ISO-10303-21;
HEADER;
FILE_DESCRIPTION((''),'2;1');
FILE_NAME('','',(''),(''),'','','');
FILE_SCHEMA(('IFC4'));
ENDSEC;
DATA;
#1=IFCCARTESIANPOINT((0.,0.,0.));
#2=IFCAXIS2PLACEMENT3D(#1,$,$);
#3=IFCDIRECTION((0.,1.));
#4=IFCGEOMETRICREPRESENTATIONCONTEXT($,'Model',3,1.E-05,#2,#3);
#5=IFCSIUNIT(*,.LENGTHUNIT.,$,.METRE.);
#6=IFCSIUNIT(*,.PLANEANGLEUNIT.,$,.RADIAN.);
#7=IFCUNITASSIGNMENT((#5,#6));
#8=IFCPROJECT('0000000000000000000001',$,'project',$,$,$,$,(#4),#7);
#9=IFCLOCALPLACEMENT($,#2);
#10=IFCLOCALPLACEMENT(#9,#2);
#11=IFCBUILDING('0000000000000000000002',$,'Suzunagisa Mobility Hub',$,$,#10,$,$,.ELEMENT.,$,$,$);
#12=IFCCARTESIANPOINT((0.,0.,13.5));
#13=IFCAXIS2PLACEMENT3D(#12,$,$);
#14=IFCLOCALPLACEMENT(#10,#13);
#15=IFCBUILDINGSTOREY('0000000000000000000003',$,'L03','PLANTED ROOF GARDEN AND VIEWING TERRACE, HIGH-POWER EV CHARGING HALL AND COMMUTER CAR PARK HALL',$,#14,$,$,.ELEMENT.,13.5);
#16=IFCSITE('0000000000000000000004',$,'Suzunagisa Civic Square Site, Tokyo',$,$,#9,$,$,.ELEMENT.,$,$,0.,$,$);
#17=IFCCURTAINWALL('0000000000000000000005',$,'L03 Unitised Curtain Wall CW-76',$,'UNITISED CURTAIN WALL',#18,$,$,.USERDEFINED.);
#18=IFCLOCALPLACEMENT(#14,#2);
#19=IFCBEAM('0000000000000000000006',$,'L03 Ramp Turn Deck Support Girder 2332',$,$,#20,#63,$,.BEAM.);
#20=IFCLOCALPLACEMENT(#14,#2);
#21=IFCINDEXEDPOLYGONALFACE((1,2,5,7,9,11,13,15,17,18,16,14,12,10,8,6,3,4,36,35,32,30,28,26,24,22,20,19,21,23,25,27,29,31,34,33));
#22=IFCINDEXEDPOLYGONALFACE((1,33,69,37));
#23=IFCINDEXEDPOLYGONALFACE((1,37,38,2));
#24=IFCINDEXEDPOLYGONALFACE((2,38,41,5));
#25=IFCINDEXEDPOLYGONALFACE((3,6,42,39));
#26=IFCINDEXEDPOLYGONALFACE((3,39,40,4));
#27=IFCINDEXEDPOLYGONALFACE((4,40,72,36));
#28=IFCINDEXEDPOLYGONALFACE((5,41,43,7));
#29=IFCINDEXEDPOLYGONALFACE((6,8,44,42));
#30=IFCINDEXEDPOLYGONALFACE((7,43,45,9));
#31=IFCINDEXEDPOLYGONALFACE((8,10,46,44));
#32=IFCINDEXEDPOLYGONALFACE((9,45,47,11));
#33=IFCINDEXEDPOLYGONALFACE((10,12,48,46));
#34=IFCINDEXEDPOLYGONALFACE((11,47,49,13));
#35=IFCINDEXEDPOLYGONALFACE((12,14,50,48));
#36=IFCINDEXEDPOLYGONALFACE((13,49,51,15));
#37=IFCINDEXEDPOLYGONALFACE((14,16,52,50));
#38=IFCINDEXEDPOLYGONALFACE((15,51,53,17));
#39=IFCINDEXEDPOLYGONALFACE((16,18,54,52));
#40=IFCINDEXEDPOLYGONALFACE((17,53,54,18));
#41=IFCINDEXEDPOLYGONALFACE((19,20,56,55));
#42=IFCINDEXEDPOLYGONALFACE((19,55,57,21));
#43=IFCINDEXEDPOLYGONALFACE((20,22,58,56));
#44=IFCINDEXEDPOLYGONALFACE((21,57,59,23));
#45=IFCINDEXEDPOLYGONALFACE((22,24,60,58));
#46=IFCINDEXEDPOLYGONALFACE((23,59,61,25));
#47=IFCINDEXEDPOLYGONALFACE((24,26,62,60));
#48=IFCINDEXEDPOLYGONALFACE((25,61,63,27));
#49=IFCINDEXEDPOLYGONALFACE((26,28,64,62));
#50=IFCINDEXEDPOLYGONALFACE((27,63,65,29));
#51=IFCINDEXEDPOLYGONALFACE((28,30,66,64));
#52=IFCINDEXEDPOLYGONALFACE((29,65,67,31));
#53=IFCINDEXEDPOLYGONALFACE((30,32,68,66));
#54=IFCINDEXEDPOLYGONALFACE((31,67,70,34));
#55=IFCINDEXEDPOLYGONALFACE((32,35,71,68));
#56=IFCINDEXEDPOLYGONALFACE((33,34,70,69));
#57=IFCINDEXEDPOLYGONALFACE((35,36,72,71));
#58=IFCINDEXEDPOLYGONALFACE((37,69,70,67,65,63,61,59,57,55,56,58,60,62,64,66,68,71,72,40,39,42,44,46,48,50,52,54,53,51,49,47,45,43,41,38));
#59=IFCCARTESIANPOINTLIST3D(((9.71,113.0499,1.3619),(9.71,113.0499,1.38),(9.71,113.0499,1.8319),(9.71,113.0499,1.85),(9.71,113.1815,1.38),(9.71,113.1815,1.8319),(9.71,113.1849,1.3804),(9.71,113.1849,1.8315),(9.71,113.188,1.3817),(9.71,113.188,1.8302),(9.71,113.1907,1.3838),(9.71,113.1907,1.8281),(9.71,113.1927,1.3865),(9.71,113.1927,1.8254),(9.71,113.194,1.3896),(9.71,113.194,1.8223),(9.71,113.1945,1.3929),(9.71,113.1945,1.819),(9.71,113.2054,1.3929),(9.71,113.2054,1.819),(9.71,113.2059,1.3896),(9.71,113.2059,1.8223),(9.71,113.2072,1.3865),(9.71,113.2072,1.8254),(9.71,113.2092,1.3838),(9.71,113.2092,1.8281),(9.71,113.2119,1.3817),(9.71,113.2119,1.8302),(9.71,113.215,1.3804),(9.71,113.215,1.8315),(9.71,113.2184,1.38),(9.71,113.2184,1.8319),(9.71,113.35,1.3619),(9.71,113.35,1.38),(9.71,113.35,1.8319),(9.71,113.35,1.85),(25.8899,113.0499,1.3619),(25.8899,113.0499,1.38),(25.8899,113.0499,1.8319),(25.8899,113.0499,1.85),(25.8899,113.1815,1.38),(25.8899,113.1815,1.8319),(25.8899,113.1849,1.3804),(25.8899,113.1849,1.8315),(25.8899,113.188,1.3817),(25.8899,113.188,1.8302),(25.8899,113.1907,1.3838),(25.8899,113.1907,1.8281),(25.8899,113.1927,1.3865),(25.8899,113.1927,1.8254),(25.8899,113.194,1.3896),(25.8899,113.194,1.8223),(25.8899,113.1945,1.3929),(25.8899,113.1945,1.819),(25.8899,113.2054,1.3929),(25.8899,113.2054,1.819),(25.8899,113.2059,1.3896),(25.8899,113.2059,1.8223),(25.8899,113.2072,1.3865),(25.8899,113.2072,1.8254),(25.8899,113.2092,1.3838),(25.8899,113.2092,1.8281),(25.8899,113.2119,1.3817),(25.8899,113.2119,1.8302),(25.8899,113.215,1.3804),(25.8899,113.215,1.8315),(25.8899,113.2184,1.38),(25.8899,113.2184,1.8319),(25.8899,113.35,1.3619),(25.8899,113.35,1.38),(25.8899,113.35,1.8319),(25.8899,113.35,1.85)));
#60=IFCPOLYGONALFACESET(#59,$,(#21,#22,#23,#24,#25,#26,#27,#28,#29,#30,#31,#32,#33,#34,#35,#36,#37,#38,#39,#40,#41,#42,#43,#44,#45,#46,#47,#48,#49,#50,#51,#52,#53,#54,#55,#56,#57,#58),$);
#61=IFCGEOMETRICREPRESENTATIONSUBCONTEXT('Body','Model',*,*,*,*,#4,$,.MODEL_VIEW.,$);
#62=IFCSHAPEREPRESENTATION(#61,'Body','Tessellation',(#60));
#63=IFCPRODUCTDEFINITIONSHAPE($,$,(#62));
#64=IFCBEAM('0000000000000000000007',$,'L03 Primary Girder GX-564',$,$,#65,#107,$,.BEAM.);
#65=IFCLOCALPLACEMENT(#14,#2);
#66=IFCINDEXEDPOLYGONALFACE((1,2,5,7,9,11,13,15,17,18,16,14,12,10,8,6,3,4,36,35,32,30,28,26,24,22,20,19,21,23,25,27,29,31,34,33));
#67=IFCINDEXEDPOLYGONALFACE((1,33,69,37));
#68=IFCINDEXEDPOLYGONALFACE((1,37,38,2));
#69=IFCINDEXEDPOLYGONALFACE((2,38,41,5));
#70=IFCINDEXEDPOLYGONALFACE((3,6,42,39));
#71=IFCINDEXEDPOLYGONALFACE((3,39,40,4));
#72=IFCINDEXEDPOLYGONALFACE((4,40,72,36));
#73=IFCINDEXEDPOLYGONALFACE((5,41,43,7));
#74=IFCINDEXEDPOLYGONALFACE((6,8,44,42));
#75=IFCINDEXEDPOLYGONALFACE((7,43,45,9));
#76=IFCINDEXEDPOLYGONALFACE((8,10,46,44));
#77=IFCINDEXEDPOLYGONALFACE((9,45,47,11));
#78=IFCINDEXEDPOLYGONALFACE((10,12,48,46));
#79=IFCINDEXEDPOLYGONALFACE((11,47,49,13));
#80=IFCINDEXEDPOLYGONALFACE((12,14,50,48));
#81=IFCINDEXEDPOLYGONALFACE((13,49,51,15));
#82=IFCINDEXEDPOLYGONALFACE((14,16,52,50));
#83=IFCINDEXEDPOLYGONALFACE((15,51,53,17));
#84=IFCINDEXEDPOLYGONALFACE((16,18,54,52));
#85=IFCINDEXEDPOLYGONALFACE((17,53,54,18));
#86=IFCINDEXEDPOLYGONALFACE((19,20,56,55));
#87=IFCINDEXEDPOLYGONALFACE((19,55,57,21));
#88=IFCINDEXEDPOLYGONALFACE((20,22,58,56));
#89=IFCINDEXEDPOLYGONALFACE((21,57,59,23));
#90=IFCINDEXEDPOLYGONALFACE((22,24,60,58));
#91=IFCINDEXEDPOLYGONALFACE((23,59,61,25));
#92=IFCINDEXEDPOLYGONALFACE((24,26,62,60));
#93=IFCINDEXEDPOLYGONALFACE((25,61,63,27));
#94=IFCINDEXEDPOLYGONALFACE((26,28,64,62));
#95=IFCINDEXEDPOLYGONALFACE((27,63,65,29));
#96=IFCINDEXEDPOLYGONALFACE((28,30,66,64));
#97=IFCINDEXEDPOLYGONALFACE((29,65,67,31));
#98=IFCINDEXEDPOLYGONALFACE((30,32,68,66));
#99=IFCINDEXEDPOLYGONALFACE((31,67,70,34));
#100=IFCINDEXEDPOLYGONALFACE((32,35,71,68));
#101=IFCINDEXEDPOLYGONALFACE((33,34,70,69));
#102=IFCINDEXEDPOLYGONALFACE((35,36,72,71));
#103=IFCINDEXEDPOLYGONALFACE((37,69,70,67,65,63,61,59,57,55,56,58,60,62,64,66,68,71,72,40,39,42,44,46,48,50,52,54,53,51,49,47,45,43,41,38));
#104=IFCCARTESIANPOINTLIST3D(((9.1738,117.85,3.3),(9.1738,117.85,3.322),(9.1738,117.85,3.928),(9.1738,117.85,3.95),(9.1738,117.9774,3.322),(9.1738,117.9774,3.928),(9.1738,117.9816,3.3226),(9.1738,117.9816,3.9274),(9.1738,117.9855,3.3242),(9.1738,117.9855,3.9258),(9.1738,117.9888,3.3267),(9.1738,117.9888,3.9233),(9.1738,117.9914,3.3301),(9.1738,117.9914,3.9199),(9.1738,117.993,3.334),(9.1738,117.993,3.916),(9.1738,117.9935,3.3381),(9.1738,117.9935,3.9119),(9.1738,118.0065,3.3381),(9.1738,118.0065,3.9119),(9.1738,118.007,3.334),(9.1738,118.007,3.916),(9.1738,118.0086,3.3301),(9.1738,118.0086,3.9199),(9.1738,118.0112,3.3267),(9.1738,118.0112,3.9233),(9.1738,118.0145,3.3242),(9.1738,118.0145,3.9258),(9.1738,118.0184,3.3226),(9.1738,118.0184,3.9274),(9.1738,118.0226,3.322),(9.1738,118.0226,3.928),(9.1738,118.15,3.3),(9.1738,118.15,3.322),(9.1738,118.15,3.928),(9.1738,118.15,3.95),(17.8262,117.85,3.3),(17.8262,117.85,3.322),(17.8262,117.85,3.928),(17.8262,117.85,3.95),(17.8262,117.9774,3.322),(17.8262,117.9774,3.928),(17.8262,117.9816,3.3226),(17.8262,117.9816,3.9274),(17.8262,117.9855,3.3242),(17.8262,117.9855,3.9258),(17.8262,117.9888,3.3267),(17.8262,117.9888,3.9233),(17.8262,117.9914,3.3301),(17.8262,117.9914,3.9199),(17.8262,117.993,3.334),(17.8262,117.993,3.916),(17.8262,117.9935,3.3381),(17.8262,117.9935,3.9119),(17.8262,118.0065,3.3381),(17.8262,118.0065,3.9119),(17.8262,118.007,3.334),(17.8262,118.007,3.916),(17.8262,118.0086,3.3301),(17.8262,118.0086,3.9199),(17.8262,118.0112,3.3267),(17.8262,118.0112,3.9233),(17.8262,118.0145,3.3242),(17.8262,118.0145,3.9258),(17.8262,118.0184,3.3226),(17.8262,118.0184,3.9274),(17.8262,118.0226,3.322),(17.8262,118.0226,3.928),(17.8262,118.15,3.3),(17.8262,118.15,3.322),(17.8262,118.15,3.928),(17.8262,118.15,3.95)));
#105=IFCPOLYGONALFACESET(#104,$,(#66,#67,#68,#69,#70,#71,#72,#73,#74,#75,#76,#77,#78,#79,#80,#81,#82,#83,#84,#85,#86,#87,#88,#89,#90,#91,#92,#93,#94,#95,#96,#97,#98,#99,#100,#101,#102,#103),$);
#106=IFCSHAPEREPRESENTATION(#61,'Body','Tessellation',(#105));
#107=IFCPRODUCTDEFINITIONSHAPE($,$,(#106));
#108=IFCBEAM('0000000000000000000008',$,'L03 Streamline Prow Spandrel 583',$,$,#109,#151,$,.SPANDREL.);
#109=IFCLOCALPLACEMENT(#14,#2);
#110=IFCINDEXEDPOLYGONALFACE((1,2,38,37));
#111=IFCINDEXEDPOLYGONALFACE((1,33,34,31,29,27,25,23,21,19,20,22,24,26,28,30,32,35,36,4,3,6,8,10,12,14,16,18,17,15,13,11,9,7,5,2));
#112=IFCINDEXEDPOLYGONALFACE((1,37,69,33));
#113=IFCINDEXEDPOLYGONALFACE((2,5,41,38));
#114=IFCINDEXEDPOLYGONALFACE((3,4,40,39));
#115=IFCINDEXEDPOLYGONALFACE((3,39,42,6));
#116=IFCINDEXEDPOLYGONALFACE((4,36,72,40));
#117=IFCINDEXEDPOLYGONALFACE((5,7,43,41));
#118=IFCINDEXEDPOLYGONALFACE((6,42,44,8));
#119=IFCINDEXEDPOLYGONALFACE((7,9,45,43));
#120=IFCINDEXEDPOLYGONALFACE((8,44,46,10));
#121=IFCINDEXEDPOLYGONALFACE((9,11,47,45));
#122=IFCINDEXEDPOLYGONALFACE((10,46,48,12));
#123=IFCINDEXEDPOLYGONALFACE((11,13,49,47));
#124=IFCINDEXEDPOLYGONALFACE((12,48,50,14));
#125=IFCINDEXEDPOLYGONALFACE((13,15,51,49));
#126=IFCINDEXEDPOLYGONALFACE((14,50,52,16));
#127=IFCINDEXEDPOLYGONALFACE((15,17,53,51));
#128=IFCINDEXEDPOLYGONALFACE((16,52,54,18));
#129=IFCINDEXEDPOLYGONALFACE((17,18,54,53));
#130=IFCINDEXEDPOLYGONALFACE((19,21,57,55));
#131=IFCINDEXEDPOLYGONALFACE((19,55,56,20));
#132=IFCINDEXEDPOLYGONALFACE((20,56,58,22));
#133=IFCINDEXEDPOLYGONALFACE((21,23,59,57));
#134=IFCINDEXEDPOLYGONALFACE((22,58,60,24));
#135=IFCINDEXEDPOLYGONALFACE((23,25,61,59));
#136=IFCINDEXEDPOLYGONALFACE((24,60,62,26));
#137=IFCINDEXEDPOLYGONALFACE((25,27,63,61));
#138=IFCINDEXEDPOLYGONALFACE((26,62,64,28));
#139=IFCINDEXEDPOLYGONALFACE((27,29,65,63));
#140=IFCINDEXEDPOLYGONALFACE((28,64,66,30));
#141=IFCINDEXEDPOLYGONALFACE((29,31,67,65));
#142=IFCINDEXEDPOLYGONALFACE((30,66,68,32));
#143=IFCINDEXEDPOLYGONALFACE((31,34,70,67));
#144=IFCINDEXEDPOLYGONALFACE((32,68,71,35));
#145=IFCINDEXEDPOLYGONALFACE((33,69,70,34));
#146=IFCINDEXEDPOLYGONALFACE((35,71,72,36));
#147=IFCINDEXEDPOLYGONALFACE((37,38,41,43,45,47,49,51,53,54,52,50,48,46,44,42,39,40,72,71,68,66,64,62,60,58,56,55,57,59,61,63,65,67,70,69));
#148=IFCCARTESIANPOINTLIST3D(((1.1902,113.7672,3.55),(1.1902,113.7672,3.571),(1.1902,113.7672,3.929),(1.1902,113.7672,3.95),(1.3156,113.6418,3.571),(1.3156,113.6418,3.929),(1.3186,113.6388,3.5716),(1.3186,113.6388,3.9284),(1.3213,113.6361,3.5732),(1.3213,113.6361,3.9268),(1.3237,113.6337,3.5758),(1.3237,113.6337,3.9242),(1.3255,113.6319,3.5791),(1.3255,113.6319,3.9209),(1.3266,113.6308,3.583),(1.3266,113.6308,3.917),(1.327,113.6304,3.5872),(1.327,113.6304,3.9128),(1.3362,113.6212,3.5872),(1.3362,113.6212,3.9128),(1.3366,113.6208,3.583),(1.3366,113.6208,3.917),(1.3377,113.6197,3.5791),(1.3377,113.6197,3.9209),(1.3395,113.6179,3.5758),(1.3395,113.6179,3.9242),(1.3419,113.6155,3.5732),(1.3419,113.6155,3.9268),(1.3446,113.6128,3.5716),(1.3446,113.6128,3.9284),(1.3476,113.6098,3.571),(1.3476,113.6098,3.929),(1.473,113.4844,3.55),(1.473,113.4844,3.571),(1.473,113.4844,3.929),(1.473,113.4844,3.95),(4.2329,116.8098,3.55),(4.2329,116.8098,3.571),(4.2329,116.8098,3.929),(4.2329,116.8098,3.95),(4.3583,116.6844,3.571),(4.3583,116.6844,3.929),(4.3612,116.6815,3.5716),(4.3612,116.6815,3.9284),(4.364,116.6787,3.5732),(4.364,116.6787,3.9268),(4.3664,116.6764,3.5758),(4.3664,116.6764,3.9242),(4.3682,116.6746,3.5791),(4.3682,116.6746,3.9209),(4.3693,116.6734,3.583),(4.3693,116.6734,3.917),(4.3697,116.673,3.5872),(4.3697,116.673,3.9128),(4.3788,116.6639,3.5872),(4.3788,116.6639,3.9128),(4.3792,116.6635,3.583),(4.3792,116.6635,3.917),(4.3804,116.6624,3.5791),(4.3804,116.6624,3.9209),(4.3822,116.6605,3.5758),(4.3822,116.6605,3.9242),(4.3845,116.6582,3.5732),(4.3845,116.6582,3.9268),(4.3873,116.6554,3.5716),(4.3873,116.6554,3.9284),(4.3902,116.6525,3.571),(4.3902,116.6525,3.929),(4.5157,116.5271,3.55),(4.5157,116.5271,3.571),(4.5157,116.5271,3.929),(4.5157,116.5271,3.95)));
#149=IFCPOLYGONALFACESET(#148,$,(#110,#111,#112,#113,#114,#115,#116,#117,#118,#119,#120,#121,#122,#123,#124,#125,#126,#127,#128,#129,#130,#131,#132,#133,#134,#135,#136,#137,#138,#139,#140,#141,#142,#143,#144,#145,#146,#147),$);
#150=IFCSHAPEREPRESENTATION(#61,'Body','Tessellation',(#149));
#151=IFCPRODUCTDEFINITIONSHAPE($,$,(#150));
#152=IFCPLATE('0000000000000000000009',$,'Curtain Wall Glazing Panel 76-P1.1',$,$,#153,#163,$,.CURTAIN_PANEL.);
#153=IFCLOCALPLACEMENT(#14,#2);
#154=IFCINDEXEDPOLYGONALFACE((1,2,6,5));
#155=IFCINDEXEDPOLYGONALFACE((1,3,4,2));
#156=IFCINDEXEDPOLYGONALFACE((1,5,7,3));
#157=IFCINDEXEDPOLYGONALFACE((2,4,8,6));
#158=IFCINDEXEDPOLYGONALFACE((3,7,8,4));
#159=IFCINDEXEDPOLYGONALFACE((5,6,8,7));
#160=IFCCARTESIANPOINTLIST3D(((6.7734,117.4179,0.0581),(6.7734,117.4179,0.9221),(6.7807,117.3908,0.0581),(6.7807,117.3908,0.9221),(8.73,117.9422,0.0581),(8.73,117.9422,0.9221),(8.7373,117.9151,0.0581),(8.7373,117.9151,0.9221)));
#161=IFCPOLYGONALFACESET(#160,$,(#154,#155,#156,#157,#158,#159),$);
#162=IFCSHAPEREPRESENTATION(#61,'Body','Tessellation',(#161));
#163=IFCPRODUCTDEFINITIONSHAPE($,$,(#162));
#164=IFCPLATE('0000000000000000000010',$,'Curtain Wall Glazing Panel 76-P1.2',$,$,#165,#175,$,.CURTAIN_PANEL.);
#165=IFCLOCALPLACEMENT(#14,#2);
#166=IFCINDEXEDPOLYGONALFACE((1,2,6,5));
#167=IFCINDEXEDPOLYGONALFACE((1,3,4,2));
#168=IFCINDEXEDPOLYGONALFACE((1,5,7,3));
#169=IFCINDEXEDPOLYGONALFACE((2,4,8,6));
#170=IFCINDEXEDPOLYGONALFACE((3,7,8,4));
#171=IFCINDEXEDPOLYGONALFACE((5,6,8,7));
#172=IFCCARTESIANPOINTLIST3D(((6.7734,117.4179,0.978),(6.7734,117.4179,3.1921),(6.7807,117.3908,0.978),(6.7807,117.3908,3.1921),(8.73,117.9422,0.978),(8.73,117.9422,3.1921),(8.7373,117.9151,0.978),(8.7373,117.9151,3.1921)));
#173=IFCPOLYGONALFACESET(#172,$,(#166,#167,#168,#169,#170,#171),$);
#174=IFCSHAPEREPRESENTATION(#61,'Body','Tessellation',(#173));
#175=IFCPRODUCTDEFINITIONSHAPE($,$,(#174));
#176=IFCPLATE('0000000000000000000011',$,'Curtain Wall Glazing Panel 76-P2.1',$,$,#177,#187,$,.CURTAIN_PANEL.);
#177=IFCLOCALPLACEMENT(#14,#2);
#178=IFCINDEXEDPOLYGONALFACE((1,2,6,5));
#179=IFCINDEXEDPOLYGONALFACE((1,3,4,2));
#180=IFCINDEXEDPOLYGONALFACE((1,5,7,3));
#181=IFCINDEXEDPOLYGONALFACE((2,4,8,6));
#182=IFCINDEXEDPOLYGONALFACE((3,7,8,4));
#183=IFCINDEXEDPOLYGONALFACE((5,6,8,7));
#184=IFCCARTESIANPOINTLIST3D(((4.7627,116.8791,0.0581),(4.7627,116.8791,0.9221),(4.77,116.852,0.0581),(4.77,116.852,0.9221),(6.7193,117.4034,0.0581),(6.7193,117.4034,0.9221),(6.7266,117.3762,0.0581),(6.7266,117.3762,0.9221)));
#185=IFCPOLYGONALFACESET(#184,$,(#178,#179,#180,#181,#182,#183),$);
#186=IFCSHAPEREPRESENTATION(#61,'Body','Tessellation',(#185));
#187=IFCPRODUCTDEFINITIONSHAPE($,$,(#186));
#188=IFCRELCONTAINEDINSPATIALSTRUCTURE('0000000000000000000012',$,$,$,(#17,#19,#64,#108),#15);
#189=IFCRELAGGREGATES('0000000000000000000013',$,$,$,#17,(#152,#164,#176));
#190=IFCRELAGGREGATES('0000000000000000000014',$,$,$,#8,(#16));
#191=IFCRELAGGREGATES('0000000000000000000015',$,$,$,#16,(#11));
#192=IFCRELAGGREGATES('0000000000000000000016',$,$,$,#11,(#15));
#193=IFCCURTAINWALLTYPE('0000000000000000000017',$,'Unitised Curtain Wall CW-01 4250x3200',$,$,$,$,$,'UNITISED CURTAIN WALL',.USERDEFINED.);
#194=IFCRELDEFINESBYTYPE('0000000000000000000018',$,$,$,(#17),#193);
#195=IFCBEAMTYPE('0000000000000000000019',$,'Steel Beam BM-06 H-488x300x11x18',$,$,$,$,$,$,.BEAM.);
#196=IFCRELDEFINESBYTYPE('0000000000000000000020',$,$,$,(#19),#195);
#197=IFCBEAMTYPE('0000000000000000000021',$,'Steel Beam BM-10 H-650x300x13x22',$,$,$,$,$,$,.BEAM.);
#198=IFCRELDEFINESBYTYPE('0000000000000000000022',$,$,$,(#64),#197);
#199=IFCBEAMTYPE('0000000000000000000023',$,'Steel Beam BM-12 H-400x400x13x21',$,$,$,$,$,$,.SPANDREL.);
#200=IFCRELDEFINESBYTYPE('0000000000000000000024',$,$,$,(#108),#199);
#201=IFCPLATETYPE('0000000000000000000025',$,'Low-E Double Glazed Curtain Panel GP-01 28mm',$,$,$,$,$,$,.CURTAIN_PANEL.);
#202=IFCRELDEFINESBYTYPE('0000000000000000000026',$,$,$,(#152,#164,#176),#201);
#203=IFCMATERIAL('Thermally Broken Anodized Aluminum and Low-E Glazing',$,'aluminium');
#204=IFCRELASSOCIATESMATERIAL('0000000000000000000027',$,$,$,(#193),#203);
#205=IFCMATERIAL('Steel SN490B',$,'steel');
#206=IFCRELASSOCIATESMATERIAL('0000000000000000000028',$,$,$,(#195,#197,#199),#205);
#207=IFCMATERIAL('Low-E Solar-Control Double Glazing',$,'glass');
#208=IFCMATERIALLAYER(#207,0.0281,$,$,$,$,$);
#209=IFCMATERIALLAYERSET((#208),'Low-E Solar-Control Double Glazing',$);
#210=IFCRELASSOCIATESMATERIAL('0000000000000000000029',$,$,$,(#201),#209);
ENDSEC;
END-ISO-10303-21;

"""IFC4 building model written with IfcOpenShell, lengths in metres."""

from ifc_helpers import new_model, si_unit, direction, frame, origin, origin_2d, place, context, subcontext, project, spatial, rectangle, i_section, extrude, material, layer, layer_set, material_profile, profile_set, type_object, element, aggregate, save


model = new_model("IFC4")

# Units and contexts
model_context = context("Model", 3, precision=1e-05, world=origin(), true_north=direction((0.0, 1.0)))
body_context = subcontext(model_context, "Body", "Model", "MODEL_VIEW")
ifc_project = project(units=[si_unit("LENGTHUNIT", "METRE"), si_unit("PLANEANGLEUNIT", "RADIAN")], contexts=[model_context])

# Site, building, storey
site_placement = place(None, origin())
site = spatial("IfcSite", under=ifc_project, at=site_placement, Name="Suzunagisa Civic Square Site, Tokyo", CompositionType="ELEMENT", RefElevation=0.0)
building_placement = place(site_placement, origin())
building = spatial("IfcBuilding", under=site, at=building_placement, Name="Suzunagisa Mobility Hub", CompositionType="ELEMENT")
storey_placement = place(building_placement, frame((0.0, 0.0, 13.5)))
storey = spatial("IfcBuildingStorey", under=building, at=storey_placement, Name="L03", Description="PLANTED ROOF GARDEN AND VIEWING TERRACE, HIGH-POWER EV CHARGING HALL AND COMMUTER CAR PARK HALL", CompositionType="ELEMENT", Elevation=13.5)

# Shared definitions
ifc_material_1 = material(Name="Steel SN490B", Category="steel")

# Curtain wall
ifc_material_2 = material(Name="Thermally Broken Anodized Aluminum and Low-E Glazing", Category="aluminium")
curtain_wall_type_1 = type_object("IfcCurtainWallType", Name="Unitised Curtain Wall CW-01 4250x3200", ElementType="UNITISED CURTAIN WALL", PredefinedType="USERDEFINED", material=ifc_material_2)
curtain_wall_1_placement = place(storey_placement, origin())
curtain_wall_1 = element("IfcCurtainWall", 1, at=curtain_wall_1_placement, inside=storey, type_object=curtain_wall_type_1, Name="L03 Unitised Curtain Wall CW-76", ObjectType="UNITISED CURTAIN WALL", PredefinedType="USERDEFINED")

# Beams
ifc_material_profile_1 = material_profile(ifc_material_1, i_section(OverallWidth=0.3, OverallDepth=0.488, WebThickness=0.011, FlangeThickness=0.0181, FilletRadius=0.0129, at=origin_2d()), Name="H-488x300x11x18")
ifc_profile_set_1 = profile_set([ifc_material_profile_1], Name="Steel SN490B")
beam_type_1 = type_object("IfcBeamType", Name="Steel Beam BM-06 H-488x300x11x18", PredefinedType="BEAM", material=ifc_profile_set_1)
beam_1_placement = place(storey_placement, frame((9.71, 113.2, 1.606), z_axis=(1.0, 0.0, 0.0), x_axis=(0.0, 1.0, 0.0)))
element("IfcBeam", 2, at=beam_1_placement, inside=storey, type_object=beam_type_1, Name="L03 Ramp Turn Deck Support Girder 2332", PredefinedType="BEAM", context=body_context, shape_type="SweptSolid", body=[
    extrude(i_section(OverallWidth=0.3, OverallDepth=0.488, WebThickness=0.011, FlangeThickness=0.0181, FilletRadius=0.0129, at=origin_2d()), origin(), (0.0, 0.0, 1.0), 16.1799),
])
ifc_material_profile_2 = material_profile(ifc_material_1, i_section(OverallWidth=0.3, OverallDepth=0.6499, WebThickness=0.0129, FlangeThickness=0.022, FilletRadius=0.0161, at=origin_2d()), Name="H-650x300x13x22")
ifc_profile_set_2 = profile_set([ifc_material_profile_2], Name="Steel SN490B")
beam_type_2 = type_object("IfcBeamType", Name="Steel Beam BM-10 H-650x300x13x22", PredefinedType="BEAM", material=ifc_profile_set_2)
beam_2_placement = place(storey_placement, frame((9.1738, 118.0, 3.625), z_axis=(1.0, 0.0, 0.0), x_axis=(0.0, 1.0, 0.0)))
element("IfcBeam", 3, at=beam_2_placement, inside=storey, type_object=beam_type_2, Name="L03 Primary Girder GX-564", PredefinedType="BEAM", context=body_context, shape_type="SweptSolid", body=[
    extrude(i_section(OverallWidth=0.3, OverallDepth=0.6499, WebThickness=0.0129, FlangeThickness=0.022, FilletRadius=0.0161, at=origin_2d()), origin(), (0.0, 0.0, 1.0), 8.6523),
])
ifc_material_profile_3 = material_profile(ifc_material_1, i_section(OverallWidth=0.3999, OverallDepth=0.3999, WebThickness=0.0129, FlangeThickness=0.021, FilletRadius=0.0161, at=origin_2d()), Name="H-400x400x13x21")
ifc_profile_set_3 = profile_set([ifc_material_profile_3], Name="Steel SN490B")
beam_type_3 = type_object("IfcBeamType", Name="Steel Beam BM-12 H-400x400x13x21", PredefinedType="SPANDREL", material=ifc_profile_set_3)
beam_3_placement = place(storey_placement, frame((4.3743, 116.6685, 3.75), z_axis=(-0.707107, -0.707107, 0.0), x_axis=(0.707107, -0.707107, 0.0)))
element("IfcBeam", 4, at=beam_3_placement, inside=storey, type_object=beam_type_3, Name="L03 Streamline Prow Spandrel 583", PredefinedType="SPANDREL", context=body_context, shape_type="SweptSolid", body=[
    extrude(i_section(OverallWidth=0.3999, OverallDepth=0.3999, WebThickness=0.0129, FlangeThickness=0.021, FilletRadius=0.0161, at=origin_2d()), origin(), (0.0, 0.0, 1.0), 4.303),
])

# Plates
ifc_material_3 = material(Name="Low-E Solar-Control Double Glazing", Category="glass")
ifc_layer_1 = layer(ifc_material_3, 0.0281)
ifc_layer_set_1 = layer_set([ifc_layer_1], Name="Low-E Solar-Control Double Glazing")
plate_type_1 = type_object("IfcPlateType", Name="Low-E Double Glazed Curtain Panel GP-01 28mm", PredefinedType="CURTAIN_PANEL", material=ifc_layer_set_1)
plate_1_placement = place(storey_placement, frame((7.7554, 117.6665, 0.0581), z_axis=(0.0, 0.0, 1.0), x_axis=(-0.96593, -0.258803, 0.0)))
plate_1 = element("IfcPlate", 5, at=plate_1_placement, type_object=plate_type_1, Name="Curtain Wall Glazing Panel 76-P1.1", PredefinedType="CURTAIN_PANEL", context=body_context, shape_type="SweptSolid", body=[
    extrude(rectangle(XDim=2.0256, YDim=0.0281, at=origin_2d()), origin(), (0.0, 0.0, 1.0), 0.864),
])
plate_2_placement = place(storey_placement, frame((7.7554, 117.6665, 0.978), z_axis=(0.0, 0.0, 1.0), x_axis=(-0.96593, -0.258803, 0.0)))
plate_2 = element("IfcPlate", 6, at=plate_2_placement, type_object=plate_type_1, Name="Curtain Wall Glazing Panel 76-P1.2", PredefinedType="CURTAIN_PANEL", context=body_context, shape_type="SweptSolid", body=[
    extrude(rectangle(XDim=2.0256, YDim=0.0281, at=origin_2d()), origin(), (0.0, 0.0, 1.0), 2.2141),
])
plate_3_placement = place(storey_placement, frame((5.7446, 117.1277, 0.0581), z_axis=(0.0, 0.0, 1.0), x_axis=(-0.96593, -0.258803, 0.0)))
plate_3 = element("IfcPlate", 7, at=plate_3_placement, type_object=plate_type_1, Name="Curtain Wall Glazing Panel 76-P2.1", PredefinedType="CURTAIN_PANEL", context=body_context, shape_type="SweptSolid", body=[
    extrude(rectangle(XDim=2.0256, YDim=0.0281, at=origin_2d()), origin(), (0.0, 0.0, 1.0), 0.864),
])
aggregate(curtain_wall_1, [plate_1, plate_2, plate_3])

save(model, "model.ifc")
